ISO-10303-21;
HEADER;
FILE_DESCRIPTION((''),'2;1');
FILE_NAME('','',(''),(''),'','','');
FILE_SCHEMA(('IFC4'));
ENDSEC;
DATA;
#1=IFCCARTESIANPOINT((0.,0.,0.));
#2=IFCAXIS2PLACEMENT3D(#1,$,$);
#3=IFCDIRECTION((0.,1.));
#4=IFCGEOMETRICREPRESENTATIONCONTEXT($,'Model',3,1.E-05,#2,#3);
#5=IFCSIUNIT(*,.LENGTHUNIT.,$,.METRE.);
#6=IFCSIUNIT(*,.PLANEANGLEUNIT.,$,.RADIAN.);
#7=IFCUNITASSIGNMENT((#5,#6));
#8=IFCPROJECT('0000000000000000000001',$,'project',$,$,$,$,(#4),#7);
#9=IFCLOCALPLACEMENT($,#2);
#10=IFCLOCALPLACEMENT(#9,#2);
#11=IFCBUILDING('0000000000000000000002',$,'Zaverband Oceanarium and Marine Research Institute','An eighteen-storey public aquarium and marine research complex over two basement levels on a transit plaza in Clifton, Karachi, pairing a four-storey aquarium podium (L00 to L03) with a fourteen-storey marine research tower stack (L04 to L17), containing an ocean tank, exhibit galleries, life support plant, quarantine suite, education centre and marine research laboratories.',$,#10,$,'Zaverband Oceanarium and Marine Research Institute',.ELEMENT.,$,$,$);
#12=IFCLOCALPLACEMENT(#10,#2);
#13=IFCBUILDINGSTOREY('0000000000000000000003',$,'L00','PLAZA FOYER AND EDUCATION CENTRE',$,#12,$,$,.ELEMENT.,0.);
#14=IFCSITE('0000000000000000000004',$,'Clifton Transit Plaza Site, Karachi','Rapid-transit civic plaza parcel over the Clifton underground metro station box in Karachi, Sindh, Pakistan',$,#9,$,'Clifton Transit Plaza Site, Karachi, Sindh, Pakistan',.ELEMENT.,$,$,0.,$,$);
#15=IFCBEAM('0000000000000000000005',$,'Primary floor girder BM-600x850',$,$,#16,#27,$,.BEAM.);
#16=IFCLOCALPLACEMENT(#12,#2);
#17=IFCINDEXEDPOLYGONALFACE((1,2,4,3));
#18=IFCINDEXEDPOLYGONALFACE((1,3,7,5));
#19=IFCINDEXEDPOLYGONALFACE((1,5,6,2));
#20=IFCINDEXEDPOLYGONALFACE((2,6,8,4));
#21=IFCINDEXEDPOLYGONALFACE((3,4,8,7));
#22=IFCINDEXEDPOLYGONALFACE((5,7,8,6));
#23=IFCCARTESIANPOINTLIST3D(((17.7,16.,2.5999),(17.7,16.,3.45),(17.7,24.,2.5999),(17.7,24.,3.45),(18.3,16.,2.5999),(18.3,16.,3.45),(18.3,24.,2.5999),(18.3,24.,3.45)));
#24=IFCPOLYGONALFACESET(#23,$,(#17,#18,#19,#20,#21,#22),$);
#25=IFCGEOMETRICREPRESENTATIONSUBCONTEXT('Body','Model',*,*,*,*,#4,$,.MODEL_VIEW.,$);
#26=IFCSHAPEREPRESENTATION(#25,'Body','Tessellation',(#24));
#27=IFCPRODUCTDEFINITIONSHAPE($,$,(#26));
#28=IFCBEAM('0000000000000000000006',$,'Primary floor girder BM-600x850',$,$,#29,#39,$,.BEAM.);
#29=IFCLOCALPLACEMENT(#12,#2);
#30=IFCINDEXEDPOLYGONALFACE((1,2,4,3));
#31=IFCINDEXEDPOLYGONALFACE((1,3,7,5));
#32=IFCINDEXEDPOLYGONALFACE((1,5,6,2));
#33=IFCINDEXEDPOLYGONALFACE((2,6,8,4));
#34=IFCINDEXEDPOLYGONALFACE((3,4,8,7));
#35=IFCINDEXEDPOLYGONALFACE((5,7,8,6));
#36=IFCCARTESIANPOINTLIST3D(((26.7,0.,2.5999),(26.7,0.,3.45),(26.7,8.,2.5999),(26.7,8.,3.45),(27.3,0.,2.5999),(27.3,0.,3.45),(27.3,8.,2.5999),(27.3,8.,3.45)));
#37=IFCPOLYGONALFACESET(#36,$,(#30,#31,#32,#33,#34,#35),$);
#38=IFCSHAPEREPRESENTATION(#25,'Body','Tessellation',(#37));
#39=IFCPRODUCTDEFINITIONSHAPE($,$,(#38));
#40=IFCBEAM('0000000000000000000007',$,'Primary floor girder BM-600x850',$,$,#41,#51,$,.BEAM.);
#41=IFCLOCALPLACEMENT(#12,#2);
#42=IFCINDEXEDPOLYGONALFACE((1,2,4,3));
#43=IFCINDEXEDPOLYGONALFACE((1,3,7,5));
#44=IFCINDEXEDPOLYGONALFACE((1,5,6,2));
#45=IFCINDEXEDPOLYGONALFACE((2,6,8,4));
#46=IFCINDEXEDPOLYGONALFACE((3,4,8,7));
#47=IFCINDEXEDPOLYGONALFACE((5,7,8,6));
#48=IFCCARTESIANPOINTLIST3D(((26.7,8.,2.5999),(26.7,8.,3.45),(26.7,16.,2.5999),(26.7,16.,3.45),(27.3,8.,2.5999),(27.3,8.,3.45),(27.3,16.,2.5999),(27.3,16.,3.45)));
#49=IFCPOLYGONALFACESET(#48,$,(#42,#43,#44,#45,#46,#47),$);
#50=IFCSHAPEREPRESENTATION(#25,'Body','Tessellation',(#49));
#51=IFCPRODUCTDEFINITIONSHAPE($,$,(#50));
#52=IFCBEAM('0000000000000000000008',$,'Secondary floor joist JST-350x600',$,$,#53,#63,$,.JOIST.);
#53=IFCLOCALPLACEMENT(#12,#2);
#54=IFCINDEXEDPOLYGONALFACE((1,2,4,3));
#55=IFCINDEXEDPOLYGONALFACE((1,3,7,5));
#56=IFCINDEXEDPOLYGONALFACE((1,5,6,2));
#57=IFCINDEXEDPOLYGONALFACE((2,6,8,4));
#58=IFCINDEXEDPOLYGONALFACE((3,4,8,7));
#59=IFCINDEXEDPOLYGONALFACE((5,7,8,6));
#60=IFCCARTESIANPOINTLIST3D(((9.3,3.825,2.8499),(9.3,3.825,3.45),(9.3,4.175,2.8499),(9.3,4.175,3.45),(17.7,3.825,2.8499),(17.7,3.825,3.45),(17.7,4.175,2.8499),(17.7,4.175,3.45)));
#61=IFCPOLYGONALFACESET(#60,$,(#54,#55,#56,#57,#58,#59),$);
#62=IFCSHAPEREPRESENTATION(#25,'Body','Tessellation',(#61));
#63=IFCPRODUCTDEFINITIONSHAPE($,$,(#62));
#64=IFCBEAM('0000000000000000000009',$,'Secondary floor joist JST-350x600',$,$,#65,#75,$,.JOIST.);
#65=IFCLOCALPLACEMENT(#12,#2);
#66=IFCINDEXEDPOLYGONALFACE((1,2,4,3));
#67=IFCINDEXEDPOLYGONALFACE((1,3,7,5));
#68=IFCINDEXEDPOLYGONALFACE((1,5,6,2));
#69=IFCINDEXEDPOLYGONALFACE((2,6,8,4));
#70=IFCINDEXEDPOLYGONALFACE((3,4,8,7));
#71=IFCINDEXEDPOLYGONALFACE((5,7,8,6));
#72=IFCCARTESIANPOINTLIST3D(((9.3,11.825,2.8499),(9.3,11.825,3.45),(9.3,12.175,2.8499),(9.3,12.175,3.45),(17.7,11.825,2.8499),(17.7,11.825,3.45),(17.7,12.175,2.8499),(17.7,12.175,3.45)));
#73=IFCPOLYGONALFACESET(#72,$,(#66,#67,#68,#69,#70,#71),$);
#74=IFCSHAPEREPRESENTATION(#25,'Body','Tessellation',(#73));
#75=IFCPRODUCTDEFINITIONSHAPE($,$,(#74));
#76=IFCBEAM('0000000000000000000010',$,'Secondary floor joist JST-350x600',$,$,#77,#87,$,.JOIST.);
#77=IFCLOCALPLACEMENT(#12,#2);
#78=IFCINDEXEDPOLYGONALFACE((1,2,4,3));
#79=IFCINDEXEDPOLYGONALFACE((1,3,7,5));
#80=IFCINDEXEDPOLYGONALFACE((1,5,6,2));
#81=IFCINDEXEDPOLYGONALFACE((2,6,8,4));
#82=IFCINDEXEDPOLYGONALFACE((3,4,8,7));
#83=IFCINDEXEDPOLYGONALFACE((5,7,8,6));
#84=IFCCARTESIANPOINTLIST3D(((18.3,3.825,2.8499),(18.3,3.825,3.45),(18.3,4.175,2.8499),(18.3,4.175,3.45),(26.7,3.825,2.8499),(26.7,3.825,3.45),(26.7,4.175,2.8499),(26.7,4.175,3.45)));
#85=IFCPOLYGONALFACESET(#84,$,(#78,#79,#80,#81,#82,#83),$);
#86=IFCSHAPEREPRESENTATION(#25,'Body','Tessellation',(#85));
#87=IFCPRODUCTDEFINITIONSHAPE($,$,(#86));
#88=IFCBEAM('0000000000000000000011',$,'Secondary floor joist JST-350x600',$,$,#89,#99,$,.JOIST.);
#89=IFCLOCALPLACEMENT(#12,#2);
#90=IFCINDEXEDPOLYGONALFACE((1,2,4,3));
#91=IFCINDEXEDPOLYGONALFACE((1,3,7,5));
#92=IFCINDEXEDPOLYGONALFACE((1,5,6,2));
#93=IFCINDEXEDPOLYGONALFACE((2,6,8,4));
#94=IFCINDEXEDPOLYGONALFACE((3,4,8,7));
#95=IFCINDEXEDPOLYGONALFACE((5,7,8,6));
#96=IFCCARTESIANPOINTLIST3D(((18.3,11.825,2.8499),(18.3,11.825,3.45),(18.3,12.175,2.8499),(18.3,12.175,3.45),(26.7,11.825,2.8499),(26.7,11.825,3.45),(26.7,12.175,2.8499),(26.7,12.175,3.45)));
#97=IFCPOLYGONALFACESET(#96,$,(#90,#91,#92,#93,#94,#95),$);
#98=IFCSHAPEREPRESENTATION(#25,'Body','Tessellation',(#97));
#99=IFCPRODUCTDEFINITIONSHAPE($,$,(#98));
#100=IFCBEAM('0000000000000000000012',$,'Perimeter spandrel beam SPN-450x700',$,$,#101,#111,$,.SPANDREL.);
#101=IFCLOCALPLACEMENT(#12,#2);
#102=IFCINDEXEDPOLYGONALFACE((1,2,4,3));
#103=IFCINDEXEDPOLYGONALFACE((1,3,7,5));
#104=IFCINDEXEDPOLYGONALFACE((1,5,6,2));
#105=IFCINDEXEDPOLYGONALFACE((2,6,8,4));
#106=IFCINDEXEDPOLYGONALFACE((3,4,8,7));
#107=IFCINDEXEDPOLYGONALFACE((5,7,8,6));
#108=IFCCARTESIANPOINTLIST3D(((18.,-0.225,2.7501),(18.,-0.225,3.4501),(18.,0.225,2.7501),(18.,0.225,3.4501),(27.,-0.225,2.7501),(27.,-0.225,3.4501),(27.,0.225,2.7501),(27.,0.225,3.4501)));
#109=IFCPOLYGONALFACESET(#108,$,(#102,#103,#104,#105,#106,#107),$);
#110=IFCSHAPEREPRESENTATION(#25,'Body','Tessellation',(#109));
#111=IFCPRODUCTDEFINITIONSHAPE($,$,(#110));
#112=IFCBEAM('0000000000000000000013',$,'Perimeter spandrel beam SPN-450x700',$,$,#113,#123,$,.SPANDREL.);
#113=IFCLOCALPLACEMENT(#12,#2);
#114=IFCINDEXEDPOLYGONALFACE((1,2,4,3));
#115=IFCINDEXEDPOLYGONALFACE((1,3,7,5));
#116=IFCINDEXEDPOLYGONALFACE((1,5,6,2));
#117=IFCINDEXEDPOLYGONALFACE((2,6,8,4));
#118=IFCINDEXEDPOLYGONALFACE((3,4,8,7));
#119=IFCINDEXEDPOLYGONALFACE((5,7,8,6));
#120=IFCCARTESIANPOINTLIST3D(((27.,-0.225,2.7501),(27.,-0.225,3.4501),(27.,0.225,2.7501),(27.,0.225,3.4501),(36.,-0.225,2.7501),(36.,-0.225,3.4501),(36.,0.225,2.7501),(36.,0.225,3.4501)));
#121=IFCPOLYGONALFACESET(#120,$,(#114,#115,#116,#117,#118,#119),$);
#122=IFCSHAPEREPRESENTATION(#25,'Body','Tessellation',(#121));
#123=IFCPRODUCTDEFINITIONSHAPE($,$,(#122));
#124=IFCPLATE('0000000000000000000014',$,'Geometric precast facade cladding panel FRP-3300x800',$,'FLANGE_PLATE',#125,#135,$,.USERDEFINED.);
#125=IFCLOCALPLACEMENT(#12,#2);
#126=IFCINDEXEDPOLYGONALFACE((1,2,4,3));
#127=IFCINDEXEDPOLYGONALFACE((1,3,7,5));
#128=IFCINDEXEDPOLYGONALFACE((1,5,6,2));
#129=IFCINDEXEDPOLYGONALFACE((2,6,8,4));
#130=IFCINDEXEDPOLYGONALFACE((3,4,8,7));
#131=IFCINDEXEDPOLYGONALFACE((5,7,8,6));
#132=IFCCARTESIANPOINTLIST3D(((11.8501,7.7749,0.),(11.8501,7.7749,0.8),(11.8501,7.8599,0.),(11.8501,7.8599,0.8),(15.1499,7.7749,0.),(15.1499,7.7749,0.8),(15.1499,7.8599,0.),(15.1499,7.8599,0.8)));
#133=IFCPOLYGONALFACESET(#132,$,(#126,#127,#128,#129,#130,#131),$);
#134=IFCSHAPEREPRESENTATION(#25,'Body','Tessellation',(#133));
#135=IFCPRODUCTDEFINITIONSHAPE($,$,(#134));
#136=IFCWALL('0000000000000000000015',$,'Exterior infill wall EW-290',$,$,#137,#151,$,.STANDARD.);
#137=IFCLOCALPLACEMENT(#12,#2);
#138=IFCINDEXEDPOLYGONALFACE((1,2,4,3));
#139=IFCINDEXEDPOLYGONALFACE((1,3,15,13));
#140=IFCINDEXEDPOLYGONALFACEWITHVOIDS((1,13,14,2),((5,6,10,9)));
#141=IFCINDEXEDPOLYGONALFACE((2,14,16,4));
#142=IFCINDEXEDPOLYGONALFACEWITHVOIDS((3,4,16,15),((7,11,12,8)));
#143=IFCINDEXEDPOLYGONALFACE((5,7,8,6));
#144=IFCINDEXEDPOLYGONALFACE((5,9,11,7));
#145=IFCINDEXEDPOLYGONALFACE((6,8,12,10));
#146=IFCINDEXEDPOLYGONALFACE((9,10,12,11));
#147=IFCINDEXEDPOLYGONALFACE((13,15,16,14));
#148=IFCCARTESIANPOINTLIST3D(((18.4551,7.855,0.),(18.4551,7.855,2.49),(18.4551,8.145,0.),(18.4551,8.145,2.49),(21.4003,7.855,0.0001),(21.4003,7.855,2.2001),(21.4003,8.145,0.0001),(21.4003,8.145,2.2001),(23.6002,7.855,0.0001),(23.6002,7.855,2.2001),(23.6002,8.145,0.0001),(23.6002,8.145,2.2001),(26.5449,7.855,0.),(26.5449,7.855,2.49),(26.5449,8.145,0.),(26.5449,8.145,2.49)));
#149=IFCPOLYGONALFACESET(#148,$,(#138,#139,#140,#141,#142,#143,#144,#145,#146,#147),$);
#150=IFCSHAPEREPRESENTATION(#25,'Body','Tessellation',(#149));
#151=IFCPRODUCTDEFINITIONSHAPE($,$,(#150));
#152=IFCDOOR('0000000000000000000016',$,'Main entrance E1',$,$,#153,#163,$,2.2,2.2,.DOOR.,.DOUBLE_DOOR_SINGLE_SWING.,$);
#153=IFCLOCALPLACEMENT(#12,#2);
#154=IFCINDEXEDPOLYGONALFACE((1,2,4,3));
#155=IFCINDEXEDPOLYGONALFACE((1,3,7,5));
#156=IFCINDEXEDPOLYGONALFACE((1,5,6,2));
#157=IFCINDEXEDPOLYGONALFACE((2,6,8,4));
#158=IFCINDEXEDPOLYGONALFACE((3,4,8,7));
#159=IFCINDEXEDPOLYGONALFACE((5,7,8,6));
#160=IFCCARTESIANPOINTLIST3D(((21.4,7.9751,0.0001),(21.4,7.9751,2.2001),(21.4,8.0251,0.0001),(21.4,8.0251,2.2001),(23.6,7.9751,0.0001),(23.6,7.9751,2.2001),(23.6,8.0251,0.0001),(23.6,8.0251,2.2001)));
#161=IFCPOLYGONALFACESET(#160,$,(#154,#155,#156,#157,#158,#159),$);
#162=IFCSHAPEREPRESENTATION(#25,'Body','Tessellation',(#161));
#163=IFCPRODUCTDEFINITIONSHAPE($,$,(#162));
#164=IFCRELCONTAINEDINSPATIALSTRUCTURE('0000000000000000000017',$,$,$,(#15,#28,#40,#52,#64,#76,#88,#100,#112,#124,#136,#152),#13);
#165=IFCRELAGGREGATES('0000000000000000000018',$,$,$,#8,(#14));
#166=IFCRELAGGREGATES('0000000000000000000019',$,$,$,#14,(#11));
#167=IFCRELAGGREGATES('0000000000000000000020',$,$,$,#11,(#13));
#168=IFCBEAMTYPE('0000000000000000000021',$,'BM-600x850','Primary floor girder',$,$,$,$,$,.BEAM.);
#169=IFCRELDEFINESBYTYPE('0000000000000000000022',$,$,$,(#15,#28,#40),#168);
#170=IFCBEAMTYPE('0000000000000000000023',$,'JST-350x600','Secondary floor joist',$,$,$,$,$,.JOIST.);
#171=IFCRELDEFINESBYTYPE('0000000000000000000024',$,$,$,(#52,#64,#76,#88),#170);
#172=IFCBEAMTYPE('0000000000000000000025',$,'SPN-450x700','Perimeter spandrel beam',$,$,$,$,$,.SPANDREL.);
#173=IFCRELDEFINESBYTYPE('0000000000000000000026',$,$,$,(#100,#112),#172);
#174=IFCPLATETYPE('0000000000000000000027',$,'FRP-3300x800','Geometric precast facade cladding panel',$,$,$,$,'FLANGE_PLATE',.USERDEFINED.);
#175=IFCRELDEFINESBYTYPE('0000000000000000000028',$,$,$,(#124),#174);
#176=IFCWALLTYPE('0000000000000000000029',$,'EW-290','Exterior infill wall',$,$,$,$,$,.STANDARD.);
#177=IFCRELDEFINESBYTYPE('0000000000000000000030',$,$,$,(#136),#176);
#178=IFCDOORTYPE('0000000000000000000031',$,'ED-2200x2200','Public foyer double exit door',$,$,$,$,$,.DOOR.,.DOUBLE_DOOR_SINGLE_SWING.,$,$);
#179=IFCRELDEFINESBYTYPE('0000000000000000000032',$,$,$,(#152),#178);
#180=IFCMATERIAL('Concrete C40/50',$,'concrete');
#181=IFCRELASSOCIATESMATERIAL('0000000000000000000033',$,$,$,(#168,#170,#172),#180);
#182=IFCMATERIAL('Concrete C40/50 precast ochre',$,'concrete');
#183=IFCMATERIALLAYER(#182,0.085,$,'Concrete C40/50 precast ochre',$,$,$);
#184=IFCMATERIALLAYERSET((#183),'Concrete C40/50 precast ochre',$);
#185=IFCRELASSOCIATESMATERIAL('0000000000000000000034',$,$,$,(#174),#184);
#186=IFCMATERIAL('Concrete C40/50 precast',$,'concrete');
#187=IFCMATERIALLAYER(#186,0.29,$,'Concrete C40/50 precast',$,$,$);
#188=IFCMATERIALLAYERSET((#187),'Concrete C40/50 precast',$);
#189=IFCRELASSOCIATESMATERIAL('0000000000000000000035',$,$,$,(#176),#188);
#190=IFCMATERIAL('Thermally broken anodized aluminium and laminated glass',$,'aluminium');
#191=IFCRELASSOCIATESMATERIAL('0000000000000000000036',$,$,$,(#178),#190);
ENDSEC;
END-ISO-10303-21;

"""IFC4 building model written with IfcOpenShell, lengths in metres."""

from ifc_helpers import new_model, si_unit, direction, frame, frame_2d, origin, origin_2d, place, context, subcontext, project, spatial, rectangle, extrude, material, layer, layer_set, material_profile, profile_set, type_object, element, fill, save


model = new_model("IFC4")

# Units and contexts
model_context = context("Model", 3, precision=1e-05, world=origin(), true_north=direction((0.0, 1.0)))
body_context = subcontext(model_context, "Body", "Model", "MODEL_VIEW")
ifc_project = project(units=[si_unit("LENGTHUNIT", "METRE"), si_unit("PLANEANGLEUNIT", "RADIAN")], contexts=[model_context])

# Site, building, storey
site_placement = place(None, origin())
site = spatial("IfcSite", under=ifc_project, at=site_placement, Name="Clifton Transit Plaza Site, Karachi", Description="Rapid-transit civic plaza parcel over the Clifton underground metro station box in Karachi, Sindh, Pakistan", LongName="Clifton Transit Plaza Site, Karachi, Sindh, Pakistan", CompositionType="ELEMENT", RefElevation=0.0)
building_placement = place(site_placement, origin())
building = spatial("IfcBuilding", under=site, at=building_placement, Name="Zaverband Oceanarium and Marine Research Institute", Description="An eighteen-storey public aquarium and marine research complex over two basement levels on a transit plaza in Clifton, Karachi, pairing a four-storey aquarium podium (L00 to L03) with a fourteen-storey marine research tower stack (L04 to L17), containing an ocean tank, exhibit galleries, life support plant, quarantine suite, education centre and marine research laboratories.", LongName="Zaverband Oceanarium and Marine Research Institute", CompositionType="ELEMENT")
storey_placement = place(building_placement, origin())
storey = spatial("IfcBuildingStorey", under=building, at=storey_placement, Name="L00", Description="PLAZA FOYER AND EDUCATION CENTRE", CompositionType="ELEMENT", Elevation=0.0)

# Beams
ifc_material_1 = material(Name="Concrete C40/50", Category="concrete")
ifc_material_profile_1 = material_profile(ifc_material_1, rectangle(XDim=0.6001, YDim=0.8501, at=origin_2d()), Name="RC600x850")
ifc_profile_set_1 = profile_set([ifc_material_profile_1], Name="Concrete C40/50")
beam_type_1 = type_object("IfcBeamType", Name="BM-600x850", Description="Primary floor girder", PredefinedType="BEAM", material=ifc_profile_set_1)
for number, where, z_axis, x_axis, name in (
    (1, (18.0, 16.0, 3.0249), (0.0, 1.0, 0.0), (-1.0, 0.0, 0.0), "Primary floor girder BM-600x850"),
    (2, (27.0, 0.0, 3.0249), (0.0, 1.0, 0.0), (-1.0, 0.0, 0.0), "Primary floor girder BM-600x850"),
    (3, (27.0, 8.0, 3.0249), (0.0, 1.0, 0.0), (-1.0, 0.0, 0.0), "Primary floor girder BM-600x850"),
):
    element("IfcBeam", number, at=place(storey_placement, frame(where, z_axis=z_axis, x_axis=x_axis)), inside=storey, type_object=beam_type_1, Name=name, PredefinedType="BEAM", context=body_context, shape_type="SweptSolid", body=[
        extrude(rectangle(XDim=0.6001, YDim=0.8501, at=origin_2d()), origin(), (0.0, 0.0, 1.0), 8.0),
    ])
ifc_material_profile_2 = material_profile(ifc_material_1, rectangle(XDim=0.3501, YDim=0.6001, at=origin_2d()), Name="RC350x600")
ifc_profile_set_2 = profile_set([ifc_material_profile_2], Name="Concrete C40/50")
beam_type_2 = type_object("IfcBeamType", Name="JST-350x600", Description="Secondary floor joist", PredefinedType="JOIST", material=ifc_profile_set_2)
for number, where, z_axis, x_axis, name in (
    (4, (9.3, 4.0, 3.1499), (1.0, 0.0, 0.0), (0.0, 1.0, 0.0), "Secondary floor joist JST-350x600"),
    (5, (9.3, 12.0, 3.1499), (1.0, 0.0, 0.0), (0.0, 1.0, 0.0), "Secondary floor joist JST-350x600"),
    (6, (18.3, 4.0, 3.1499), (1.0, 0.0, 0.0), (0.0, 1.0, 0.0), "Secondary floor joist JST-350x600"),
    (7, (18.3, 12.0, 3.1499), (1.0, 0.0, 0.0), (0.0, 1.0, 0.0), "Secondary floor joist JST-350x600"),
):
    element("IfcBeam", number, at=place(storey_placement, frame(where, z_axis=z_axis, x_axis=x_axis)), inside=storey, type_object=beam_type_2, Name=name, PredefinedType="JOIST", context=body_context, shape_type="SweptSolid", body=[
        extrude(rectangle(XDim=0.3501, YDim=0.6001, at=origin_2d()), origin(), (0.0, 0.0, 1.0), 8.3999),
    ])
ifc_material_profile_3 = material_profile(ifc_material_1, rectangle(XDim=0.45, YDim=0.7, at=origin_2d()), Name="RC450x700")
ifc_profile_set_3 = profile_set([ifc_material_profile_3], Name="Concrete C40/50")
beam_type_3 = type_object("IfcBeamType", Name="SPN-450x700", Description="Perimeter spandrel beam", PredefinedType="SPANDREL", material=ifc_profile_set_3)
for number, where, z_axis, x_axis, name in (
    (8, (18.0, 0.0, 3.1001), (1.0, 0.0, 0.0), (0.0, 1.0, 0.0), "Perimeter spandrel beam SPN-450x700"),
    (9, (27.0, 0.0, 3.1001), (1.0, 0.0, 0.0), (0.0, 1.0, 0.0), "Perimeter spandrel beam SPN-450x700"),
):
    element("IfcBeam", number, at=place(storey_placement, frame(where, z_axis=z_axis, x_axis=x_axis)), inside=storey, type_object=beam_type_3, Name=name, PredefinedType="SPANDREL", context=body_context, shape_type="SweptSolid", body=[
        extrude(rectangle(XDim=0.45, YDim=0.7, at=origin_2d()), origin(), (0.0, 0.0, 1.0), 9.0),
    ])

# Plate
ifc_material_2 = material(Name="Concrete C40/50 precast ochre", Category="concrete")
ifc_layer_1 = layer(ifc_material_2, 0.085, Name="Concrete C40/50 precast ochre")
ifc_layer_set_1 = layer_set([ifc_layer_1], Name="Concrete C40/50 precast ochre")
plate_type = type_object("IfcPlateType", Name="FRP-3300x800", Description="Geometric precast facade cladding panel", ElementType="FLANGE_PLATE", PredefinedType="USERDEFINED", material=ifc_layer_set_1)
plate_placement = place(storey_placement, frame((11.8501, 7.8174, 0.0), z_axis=(0.0, 0.0, 1.0), x_axis=(1.0, 0.0, 0.0)))
element("IfcPlate", 10, at=plate_placement, inside=storey, type_object=plate_type, Name="Geometric precast facade cladding panel FRP-3300x800", ObjectType="FLANGE_PLATE", PredefinedType="USERDEFINED", context=body_context, shape_type="SweptSolid", body=[
    extrude(rectangle(XDim=3.2998, YDim=0.085, at=frame_2d((1.6499, 0.0))), origin(), (0.0, 0.0, 1.0), 0.8),
])

# Wall, opening, door
ifc_material_3 = material(Name="Concrete C40/50 precast", Category="concrete")
ifc_layer_2 = layer(ifc_material_3, 0.29, Name="Concrete C40/50 precast")
ifc_layer_set_2 = layer_set([ifc_layer_2], Name="Concrete C40/50 precast")
wall_type_1 = type_object("IfcWallType", Name="EW-290", Description="Exterior infill wall", PredefinedType="STANDARD", material=ifc_layer_set_2)
wall_1_placement = place(storey_placement, frame((18.4551, 8.0, 0.0), z_axis=(0.0, 0.0, 1.0), x_axis=(1.0, 0.0, 0.0)))
wall_1 = element("IfcWall", 11, at=wall_1_placement, inside=storey, type_object=wall_type_1, Name="Exterior infill wall EW-290", PredefinedType="STANDARD", context=body_context, shape_type="SweptSolid", body=[
    extrude(rectangle(XDim=8.0898, YDim=0.29, at=frame_2d((4.0449, 0.0))), origin(), (0.0, 0.0, 1.0), 2.49),
])
opening_1_placement = place(wall_1_placement, frame((2.9451, 0.0, 0.0)))
opening_1 = element("IfcOpeningElement", 12, at=opening_1_placement, cuts=wall_1, PredefinedType="OPENING", context=body_context, shape_type="SweptSolid", body=[
    extrude(rectangle(XDim=2.2, YDim=2.2, at=frame_2d((1.1001, 1.1001))), frame((0.0, 0.157, 0.0), z_axis=(0.0, -1.0, 0.0), x_axis=(1.0, 0.0, 0.0)), (0.0, 0.0, 1.0), 0.314),
])
ifc_material_4 = material(Name="Thermally broken anodized aluminium and laminated glass", Category="aluminium")
door_type = type_object("IfcDoorType", Name="ED-2200x2200", Description="Public foyer double exit door", OperationType="DOUBLE_DOOR_SINGLE_SWING", PredefinedType="DOOR", material=ifc_material_4)
door_placement = place(opening_1_placement, frame((2.2, 0.0, 0.0), z_axis=(0.0, 0.0, 1.0), x_axis=(-1.0, 0.0, 0.0)))
door = element("IfcDoor", 13, at=door_placement, inside=storey, type_object=door_type, Name="Main entrance E1", OperationType="DOUBLE_DOOR_SINGLE_SWING", OverallHeight=2.2, OverallWidth=2.2, PredefinedType="DOOR", context=body_context, shape_type="SweptSolid", body=[
    extrude(rectangle(XDim=2.2, YDim=2.2, at=frame_2d((1.1001, 1.1001))), frame((0.0, 0.0249, 0.0), z_axis=(0.0, -1.0, 0.0), x_axis=(1.0, 0.0, 0.0)), (0.0, 0.0, 1.0), 0.05),
])
fill(opening_1, door)

save(model, "model.ifc")
